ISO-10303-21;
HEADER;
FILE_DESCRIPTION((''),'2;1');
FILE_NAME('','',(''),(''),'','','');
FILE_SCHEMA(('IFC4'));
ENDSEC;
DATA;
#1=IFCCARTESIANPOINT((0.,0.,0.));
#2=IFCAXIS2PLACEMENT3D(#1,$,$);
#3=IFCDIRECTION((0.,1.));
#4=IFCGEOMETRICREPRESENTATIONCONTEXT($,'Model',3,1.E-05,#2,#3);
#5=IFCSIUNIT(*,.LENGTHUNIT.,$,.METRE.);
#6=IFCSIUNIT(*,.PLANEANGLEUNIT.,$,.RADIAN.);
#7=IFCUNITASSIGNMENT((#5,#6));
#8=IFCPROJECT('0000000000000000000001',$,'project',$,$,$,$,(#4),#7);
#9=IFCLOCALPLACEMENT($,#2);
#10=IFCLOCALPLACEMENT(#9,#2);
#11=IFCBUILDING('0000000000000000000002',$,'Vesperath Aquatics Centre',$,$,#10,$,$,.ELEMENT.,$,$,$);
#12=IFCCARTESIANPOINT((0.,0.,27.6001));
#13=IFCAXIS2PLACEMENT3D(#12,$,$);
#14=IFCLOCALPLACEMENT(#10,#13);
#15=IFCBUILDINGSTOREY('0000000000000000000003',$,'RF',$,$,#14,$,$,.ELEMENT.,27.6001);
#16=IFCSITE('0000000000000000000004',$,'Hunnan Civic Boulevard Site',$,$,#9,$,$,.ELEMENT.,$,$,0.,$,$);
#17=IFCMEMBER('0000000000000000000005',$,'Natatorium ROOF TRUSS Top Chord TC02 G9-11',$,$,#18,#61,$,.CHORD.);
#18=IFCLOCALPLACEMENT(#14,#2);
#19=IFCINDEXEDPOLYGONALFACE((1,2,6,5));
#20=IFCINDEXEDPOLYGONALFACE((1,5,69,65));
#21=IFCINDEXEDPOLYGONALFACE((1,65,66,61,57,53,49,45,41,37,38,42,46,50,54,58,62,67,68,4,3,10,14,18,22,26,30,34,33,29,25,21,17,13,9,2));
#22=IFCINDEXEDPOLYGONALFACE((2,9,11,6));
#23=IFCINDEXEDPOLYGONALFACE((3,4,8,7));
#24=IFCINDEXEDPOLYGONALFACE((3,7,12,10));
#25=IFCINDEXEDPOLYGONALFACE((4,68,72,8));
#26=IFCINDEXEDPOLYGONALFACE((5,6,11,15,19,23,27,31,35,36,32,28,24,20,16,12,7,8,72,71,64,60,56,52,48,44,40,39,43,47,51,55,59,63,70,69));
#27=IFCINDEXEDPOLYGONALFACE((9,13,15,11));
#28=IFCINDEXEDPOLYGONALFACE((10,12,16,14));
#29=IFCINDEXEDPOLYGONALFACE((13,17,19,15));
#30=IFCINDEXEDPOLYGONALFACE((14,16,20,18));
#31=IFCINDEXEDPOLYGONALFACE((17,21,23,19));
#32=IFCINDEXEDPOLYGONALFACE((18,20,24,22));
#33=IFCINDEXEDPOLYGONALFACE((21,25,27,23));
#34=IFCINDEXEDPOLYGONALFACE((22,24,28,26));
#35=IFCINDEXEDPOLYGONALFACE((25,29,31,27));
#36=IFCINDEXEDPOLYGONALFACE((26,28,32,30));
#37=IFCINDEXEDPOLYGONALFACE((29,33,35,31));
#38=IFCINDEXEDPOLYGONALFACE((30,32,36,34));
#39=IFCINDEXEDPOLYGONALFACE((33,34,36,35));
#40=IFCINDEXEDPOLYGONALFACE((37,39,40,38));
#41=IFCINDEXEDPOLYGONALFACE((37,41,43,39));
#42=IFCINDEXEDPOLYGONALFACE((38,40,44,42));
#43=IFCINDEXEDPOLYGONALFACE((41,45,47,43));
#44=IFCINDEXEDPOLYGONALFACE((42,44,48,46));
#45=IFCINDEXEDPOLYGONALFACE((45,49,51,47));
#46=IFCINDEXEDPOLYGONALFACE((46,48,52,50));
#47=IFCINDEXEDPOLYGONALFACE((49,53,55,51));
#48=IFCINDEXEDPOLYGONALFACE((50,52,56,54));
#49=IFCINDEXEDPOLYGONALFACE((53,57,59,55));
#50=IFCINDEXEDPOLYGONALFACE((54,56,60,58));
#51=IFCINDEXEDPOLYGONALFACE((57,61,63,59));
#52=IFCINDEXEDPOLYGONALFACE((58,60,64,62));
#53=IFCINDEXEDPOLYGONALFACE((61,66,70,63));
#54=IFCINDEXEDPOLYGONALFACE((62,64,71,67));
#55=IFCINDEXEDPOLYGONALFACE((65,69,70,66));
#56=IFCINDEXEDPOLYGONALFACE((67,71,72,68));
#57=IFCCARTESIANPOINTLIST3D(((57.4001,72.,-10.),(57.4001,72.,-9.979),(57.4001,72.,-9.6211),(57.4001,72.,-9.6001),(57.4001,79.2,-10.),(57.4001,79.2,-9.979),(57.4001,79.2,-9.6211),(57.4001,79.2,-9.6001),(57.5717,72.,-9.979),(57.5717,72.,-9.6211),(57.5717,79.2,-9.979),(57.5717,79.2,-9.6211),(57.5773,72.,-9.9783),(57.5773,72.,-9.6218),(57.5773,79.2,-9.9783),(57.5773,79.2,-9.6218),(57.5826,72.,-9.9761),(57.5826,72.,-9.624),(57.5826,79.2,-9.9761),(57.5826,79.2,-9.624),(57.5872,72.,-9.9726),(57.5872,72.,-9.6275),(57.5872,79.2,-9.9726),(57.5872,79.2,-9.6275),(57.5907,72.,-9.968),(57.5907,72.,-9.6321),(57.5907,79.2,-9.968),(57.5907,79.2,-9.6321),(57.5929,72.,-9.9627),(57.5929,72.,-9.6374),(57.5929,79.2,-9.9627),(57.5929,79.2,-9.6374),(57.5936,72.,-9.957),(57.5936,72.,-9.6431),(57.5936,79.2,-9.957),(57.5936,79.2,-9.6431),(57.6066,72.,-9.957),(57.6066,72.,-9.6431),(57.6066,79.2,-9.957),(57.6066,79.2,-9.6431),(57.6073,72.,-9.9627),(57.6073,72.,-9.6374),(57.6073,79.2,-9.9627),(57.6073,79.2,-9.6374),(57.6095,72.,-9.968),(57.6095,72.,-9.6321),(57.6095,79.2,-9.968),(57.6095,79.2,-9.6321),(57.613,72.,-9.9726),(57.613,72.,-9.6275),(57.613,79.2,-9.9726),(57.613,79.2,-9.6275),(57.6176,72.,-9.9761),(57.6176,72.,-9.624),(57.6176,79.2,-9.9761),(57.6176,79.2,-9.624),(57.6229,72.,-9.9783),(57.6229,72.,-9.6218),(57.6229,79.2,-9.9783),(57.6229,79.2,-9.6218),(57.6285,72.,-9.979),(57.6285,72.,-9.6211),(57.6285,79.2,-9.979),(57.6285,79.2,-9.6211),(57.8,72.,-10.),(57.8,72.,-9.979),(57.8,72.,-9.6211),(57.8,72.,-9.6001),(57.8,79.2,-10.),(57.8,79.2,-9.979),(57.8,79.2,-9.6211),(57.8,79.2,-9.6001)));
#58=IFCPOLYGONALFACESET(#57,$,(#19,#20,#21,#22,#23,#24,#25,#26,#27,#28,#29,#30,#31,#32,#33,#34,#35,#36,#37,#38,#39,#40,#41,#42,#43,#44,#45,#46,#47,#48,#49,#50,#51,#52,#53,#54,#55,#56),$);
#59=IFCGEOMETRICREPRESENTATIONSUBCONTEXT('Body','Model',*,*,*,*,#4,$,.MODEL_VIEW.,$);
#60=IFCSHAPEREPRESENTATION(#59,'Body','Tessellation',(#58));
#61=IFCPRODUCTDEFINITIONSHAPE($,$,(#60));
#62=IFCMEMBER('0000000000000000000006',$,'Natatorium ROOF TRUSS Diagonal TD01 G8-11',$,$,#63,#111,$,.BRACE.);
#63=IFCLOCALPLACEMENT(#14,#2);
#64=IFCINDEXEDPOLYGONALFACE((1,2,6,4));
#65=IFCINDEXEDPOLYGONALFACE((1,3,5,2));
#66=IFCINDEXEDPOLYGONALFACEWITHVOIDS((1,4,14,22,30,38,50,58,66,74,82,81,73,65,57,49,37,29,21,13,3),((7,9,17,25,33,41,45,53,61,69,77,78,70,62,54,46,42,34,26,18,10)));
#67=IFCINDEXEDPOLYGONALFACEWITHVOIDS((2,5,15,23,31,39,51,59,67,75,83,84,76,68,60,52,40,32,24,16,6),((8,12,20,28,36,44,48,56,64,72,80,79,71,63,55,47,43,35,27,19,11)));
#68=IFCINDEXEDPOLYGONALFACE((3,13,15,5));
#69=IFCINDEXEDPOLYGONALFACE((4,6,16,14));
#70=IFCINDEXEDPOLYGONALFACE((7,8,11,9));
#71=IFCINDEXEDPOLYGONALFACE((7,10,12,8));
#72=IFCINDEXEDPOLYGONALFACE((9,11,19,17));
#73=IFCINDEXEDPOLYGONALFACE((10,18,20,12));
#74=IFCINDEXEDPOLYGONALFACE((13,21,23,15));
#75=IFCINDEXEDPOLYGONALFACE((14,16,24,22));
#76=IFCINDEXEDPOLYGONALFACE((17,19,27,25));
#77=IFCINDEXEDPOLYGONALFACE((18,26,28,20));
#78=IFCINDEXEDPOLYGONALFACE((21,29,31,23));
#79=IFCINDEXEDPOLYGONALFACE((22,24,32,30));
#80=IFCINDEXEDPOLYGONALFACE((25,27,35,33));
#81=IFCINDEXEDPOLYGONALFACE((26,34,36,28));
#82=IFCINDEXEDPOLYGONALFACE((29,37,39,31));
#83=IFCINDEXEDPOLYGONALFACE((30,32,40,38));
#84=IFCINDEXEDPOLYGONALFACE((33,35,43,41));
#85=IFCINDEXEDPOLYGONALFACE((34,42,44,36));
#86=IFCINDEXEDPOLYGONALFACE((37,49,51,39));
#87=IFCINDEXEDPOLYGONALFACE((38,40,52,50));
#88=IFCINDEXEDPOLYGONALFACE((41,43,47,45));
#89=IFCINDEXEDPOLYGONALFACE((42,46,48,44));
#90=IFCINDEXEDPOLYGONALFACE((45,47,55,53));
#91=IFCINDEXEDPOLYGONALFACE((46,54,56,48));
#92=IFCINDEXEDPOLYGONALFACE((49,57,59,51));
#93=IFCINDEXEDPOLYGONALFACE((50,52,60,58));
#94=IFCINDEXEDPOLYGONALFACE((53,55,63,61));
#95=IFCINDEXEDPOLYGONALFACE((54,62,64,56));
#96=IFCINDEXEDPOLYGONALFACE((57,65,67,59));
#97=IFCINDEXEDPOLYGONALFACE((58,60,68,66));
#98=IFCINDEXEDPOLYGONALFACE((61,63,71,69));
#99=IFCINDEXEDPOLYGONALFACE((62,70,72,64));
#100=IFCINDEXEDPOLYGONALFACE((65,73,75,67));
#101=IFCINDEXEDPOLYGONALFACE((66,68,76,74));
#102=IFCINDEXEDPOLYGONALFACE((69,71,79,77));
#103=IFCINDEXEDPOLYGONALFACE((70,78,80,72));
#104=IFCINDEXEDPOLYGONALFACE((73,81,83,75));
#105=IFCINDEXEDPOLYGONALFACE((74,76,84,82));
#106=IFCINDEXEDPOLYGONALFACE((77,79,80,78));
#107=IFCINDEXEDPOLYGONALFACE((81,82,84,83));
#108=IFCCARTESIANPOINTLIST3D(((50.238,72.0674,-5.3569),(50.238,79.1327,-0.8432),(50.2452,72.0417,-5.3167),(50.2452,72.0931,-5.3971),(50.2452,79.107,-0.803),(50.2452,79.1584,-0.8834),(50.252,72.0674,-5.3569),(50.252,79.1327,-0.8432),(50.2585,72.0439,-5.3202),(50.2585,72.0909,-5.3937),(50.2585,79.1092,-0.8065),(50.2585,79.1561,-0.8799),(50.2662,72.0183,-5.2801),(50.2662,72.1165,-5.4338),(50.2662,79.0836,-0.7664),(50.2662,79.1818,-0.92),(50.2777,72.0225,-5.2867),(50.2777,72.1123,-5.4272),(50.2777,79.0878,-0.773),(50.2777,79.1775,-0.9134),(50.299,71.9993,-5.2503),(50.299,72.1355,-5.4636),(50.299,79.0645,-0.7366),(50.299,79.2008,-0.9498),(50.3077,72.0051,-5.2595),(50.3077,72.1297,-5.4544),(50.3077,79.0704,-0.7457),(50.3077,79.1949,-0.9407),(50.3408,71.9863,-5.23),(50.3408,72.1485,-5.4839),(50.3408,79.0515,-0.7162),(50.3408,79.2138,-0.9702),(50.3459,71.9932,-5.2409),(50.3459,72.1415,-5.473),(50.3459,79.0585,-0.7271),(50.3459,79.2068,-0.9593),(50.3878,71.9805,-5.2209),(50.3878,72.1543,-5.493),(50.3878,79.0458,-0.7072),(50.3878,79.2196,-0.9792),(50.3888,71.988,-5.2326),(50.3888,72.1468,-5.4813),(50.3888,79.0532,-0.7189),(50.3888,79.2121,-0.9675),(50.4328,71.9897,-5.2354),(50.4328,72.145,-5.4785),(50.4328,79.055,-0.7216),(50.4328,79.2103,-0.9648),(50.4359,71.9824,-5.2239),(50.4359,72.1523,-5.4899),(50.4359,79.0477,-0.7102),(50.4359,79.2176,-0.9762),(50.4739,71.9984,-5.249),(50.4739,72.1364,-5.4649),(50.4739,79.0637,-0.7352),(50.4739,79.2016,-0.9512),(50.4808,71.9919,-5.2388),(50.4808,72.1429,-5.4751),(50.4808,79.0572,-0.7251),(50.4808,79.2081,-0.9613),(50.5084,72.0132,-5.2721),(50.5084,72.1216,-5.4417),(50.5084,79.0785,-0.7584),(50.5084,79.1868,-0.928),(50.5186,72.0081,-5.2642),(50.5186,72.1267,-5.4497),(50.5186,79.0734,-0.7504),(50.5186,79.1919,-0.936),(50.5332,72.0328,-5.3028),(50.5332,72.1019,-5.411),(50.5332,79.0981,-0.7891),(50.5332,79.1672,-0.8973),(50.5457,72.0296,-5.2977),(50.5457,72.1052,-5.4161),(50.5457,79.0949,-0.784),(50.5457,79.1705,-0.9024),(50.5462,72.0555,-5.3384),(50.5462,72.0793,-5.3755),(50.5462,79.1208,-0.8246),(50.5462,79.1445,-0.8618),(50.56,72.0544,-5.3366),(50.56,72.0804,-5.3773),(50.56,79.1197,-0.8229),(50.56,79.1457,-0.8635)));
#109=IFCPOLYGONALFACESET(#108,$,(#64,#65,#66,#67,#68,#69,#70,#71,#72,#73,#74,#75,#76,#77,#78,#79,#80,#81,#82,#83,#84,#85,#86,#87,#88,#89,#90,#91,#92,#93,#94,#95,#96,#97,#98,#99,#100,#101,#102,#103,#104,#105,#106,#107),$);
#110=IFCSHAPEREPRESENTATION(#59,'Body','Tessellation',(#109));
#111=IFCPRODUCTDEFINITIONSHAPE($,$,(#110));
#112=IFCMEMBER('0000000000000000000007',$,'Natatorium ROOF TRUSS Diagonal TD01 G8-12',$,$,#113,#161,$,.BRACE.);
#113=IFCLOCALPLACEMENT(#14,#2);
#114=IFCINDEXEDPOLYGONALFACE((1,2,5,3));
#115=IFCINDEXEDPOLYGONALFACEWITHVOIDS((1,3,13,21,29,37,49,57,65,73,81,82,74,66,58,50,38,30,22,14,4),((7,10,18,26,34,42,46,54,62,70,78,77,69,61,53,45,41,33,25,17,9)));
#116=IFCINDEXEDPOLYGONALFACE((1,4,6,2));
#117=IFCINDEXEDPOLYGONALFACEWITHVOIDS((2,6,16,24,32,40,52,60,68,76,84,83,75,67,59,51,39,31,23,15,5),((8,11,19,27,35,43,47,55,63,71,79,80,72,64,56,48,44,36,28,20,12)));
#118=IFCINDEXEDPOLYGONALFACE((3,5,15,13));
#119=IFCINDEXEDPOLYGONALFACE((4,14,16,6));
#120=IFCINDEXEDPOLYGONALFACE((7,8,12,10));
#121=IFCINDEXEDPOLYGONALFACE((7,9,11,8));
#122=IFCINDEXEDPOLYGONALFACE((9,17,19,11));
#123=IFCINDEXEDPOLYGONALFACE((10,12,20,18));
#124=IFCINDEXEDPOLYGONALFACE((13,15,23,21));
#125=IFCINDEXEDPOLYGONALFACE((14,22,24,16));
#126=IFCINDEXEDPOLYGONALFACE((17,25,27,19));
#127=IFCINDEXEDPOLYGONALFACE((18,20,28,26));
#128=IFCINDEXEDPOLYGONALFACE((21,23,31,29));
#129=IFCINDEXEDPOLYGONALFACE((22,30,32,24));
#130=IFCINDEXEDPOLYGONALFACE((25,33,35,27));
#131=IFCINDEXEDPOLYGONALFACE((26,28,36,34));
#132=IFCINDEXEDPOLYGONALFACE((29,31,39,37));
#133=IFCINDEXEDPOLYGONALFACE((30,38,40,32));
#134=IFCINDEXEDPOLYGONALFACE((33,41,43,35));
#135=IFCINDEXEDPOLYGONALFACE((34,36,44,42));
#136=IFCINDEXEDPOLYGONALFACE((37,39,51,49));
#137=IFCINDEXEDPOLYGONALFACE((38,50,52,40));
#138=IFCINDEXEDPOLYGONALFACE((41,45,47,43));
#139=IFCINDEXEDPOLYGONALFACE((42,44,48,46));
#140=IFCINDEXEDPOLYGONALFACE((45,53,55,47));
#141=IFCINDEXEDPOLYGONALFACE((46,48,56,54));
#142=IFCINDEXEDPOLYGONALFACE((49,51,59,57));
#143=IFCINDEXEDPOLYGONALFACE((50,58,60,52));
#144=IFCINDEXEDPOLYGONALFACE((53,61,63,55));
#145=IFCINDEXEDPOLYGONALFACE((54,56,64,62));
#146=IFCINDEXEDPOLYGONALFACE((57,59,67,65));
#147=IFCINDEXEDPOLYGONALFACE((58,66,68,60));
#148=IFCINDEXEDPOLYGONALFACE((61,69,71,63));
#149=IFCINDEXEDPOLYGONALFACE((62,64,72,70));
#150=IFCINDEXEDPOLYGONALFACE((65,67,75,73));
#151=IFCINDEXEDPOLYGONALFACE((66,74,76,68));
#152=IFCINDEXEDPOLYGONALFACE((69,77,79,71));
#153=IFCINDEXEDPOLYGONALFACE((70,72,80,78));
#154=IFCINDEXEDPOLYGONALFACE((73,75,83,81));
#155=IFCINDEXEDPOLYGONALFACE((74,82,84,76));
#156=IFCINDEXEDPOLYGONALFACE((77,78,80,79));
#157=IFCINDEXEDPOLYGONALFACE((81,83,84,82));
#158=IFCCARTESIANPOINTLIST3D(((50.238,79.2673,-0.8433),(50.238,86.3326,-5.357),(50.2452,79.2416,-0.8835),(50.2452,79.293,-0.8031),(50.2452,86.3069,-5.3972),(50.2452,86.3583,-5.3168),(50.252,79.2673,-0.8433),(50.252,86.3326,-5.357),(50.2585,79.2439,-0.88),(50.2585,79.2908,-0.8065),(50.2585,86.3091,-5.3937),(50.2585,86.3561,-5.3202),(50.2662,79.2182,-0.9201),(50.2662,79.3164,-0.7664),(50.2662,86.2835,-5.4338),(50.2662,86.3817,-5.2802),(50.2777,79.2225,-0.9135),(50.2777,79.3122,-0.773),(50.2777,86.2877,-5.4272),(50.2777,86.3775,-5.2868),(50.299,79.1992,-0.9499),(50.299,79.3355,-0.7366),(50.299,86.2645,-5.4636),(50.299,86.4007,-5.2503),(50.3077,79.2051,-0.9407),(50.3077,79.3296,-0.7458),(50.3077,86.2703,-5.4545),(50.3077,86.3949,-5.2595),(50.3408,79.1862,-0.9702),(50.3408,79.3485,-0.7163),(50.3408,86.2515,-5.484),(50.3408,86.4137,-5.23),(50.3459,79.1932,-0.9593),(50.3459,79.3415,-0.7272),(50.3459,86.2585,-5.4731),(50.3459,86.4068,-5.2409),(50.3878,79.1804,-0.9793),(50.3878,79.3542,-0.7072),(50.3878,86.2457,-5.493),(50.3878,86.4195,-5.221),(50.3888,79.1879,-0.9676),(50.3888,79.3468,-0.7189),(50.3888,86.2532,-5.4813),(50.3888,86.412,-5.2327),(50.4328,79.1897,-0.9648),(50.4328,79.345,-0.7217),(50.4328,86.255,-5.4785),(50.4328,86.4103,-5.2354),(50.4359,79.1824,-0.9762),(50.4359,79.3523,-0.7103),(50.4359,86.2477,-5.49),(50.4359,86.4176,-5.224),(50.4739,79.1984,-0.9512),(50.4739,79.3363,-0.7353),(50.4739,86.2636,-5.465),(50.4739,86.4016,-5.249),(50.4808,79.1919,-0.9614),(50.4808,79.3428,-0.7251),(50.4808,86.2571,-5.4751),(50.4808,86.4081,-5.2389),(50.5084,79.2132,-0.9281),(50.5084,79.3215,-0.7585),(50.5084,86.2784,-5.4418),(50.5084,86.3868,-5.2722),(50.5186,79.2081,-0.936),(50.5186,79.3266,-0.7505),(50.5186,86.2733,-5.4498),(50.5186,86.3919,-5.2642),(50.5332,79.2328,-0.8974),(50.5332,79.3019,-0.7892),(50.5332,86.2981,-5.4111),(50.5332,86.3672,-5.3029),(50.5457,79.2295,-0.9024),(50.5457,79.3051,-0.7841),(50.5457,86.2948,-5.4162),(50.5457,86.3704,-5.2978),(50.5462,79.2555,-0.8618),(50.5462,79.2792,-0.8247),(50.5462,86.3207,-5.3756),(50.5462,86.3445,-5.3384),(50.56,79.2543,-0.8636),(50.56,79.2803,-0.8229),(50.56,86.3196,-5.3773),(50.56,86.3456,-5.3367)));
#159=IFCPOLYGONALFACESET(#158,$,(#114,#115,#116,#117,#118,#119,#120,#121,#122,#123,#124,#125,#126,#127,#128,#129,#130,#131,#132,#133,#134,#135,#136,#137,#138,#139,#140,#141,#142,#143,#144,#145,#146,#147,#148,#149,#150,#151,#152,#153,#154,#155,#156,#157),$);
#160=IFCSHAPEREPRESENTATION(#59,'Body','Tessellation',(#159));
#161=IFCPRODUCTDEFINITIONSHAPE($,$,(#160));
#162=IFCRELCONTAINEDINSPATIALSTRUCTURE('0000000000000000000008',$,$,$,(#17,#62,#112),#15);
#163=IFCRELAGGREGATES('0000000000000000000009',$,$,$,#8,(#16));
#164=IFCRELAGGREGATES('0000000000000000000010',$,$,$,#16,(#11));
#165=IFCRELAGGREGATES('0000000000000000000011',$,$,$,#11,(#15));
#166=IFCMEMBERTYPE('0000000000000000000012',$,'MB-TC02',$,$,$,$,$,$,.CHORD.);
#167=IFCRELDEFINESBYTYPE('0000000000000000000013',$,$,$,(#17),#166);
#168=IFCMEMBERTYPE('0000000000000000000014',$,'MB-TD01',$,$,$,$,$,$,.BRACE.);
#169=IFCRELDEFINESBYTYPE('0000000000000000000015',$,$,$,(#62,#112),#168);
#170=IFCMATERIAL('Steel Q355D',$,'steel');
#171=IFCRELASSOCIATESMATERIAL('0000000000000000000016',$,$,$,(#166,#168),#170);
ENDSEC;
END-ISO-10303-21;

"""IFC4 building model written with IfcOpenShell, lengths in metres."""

from ifc_helpers import new_model, si_unit, direction, frame, origin, origin_2d, place, context, subcontext, project, spatial, hollow_circle, i_section, extrude, material, material_profile, profile_set, type_object, element, save


model = new_model("IFC4")

# Units and contexts
model_context = context("Model", 3, precision=1e-05, world=origin(), true_north=direction((0.0, 1.0)))
body_context = subcontext(model_context, "Body", "Model", "MODEL_VIEW")
ifc_project = project(units=[si_unit("LENGTHUNIT", "METRE"), si_unit("PLANEANGLEUNIT", "RADIAN")], contexts=[model_context])

# Site, building, storey
site_placement = place(None, origin())
site = spatial("IfcSite", under=ifc_project, at=site_placement, Name="Hunnan Civic Boulevard Site", CompositionType="ELEMENT", RefElevation=0.0)
building_placement = place(site_placement, origin())
building = spatial("IfcBuilding", under=site, at=building_placement, Name="Vesperath Aquatics Centre", CompositionType="ELEMENT")
storey_placement = place(building_placement, frame((0.0, 0.0, 27.6001)))
storey = spatial("IfcBuildingStorey", under=building, at=storey_placement, Name="RF", CompositionType="ELEMENT", Elevation=27.6001)

# Members
ifc_material_1 = material(Name="Steel Q355D", Category="steel")
ifc_material_profile_1 = material_profile(ifc_material_1, i_section(OverallWidth=0.3999, OverallDepth=0.3999, WebThickness=0.0129, FlangeThickness=0.021, FilletRadius=0.022, at=origin_2d()), Name="HW 400x400x13x21")
ifc_profile_set_1 = profile_set([ifc_material_profile_1], Name="Steel Q355D")
member_type_1 = type_object("IfcMemberType", Name="MB-TC02", PredefinedType="CHORD", material=ifc_profile_set_1)
member_1_placement = place(storey_placement, frame((57.6001, 72.0, -9.8), z_axis=(0.0, 1.0, 0.0), x_axis=(-1.0, 0.0, 0.0)))
element("IfcMember", 1, at=member_1_placement, inside=storey, type_object=member_type_1, Name="Natatorium ROOF TRUSS Top Chord TC02 G9-11", PredefinedType="CHORD", context=body_context, shape_type="SweptSolid", body=[
    extrude(i_section(OverallWidth=0.3999, OverallDepth=0.3999, WebThickness=0.0129, FlangeThickness=0.021, FilletRadius=0.022, at=origin_2d()), origin(), (0.0, 0.0, 1.0), 7.2),
])
ifc_material_profile_2 = material_profile(ifc_material_1, hollow_circle(Radius=0.1619, WallThickness=0.0139, at=origin_2d()), Name="CHS 323.9x14")
ifc_profile_set_2 = profile_set([ifc_material_profile_2], Name="Steel Q355D")
member_type_2 = type_object("IfcMemberType", Name="MB-TD01", PredefinedType="BRACE", material=ifc_profile_set_2)
for number, where, z_axis, x_axis, name in (
    (2, (50.3999, 72.0674, -5.3569), (0.0, 0.842707, 0.538373), (-1.0, 0.0, 0.0), "Natatorium ROOF TRUSS Diagonal TD01 G8-11"),
    (3, (50.3999, 79.2673, -0.8433), (0.0, 0.842707, -0.538373), (-1.0, 0.0, 0.0), "Natatorium ROOF TRUSS Diagonal TD01 G8-12"),
):
    element("IfcMember", number, at=place(storey_placement, frame(where, z_axis=z_axis, x_axis=x_axis)), inside=storey, type_object=member_type_2, Name=name, PredefinedType="BRACE", context=body_context, shape_type="SweptSolid", body=[
        extrude(hollow_circle(Radius=0.1619, WallThickness=0.0139, at=origin_2d()), origin(), (0.0, 0.0, 1.0), 8.384),
    ])

save(model, "model.ifc")
